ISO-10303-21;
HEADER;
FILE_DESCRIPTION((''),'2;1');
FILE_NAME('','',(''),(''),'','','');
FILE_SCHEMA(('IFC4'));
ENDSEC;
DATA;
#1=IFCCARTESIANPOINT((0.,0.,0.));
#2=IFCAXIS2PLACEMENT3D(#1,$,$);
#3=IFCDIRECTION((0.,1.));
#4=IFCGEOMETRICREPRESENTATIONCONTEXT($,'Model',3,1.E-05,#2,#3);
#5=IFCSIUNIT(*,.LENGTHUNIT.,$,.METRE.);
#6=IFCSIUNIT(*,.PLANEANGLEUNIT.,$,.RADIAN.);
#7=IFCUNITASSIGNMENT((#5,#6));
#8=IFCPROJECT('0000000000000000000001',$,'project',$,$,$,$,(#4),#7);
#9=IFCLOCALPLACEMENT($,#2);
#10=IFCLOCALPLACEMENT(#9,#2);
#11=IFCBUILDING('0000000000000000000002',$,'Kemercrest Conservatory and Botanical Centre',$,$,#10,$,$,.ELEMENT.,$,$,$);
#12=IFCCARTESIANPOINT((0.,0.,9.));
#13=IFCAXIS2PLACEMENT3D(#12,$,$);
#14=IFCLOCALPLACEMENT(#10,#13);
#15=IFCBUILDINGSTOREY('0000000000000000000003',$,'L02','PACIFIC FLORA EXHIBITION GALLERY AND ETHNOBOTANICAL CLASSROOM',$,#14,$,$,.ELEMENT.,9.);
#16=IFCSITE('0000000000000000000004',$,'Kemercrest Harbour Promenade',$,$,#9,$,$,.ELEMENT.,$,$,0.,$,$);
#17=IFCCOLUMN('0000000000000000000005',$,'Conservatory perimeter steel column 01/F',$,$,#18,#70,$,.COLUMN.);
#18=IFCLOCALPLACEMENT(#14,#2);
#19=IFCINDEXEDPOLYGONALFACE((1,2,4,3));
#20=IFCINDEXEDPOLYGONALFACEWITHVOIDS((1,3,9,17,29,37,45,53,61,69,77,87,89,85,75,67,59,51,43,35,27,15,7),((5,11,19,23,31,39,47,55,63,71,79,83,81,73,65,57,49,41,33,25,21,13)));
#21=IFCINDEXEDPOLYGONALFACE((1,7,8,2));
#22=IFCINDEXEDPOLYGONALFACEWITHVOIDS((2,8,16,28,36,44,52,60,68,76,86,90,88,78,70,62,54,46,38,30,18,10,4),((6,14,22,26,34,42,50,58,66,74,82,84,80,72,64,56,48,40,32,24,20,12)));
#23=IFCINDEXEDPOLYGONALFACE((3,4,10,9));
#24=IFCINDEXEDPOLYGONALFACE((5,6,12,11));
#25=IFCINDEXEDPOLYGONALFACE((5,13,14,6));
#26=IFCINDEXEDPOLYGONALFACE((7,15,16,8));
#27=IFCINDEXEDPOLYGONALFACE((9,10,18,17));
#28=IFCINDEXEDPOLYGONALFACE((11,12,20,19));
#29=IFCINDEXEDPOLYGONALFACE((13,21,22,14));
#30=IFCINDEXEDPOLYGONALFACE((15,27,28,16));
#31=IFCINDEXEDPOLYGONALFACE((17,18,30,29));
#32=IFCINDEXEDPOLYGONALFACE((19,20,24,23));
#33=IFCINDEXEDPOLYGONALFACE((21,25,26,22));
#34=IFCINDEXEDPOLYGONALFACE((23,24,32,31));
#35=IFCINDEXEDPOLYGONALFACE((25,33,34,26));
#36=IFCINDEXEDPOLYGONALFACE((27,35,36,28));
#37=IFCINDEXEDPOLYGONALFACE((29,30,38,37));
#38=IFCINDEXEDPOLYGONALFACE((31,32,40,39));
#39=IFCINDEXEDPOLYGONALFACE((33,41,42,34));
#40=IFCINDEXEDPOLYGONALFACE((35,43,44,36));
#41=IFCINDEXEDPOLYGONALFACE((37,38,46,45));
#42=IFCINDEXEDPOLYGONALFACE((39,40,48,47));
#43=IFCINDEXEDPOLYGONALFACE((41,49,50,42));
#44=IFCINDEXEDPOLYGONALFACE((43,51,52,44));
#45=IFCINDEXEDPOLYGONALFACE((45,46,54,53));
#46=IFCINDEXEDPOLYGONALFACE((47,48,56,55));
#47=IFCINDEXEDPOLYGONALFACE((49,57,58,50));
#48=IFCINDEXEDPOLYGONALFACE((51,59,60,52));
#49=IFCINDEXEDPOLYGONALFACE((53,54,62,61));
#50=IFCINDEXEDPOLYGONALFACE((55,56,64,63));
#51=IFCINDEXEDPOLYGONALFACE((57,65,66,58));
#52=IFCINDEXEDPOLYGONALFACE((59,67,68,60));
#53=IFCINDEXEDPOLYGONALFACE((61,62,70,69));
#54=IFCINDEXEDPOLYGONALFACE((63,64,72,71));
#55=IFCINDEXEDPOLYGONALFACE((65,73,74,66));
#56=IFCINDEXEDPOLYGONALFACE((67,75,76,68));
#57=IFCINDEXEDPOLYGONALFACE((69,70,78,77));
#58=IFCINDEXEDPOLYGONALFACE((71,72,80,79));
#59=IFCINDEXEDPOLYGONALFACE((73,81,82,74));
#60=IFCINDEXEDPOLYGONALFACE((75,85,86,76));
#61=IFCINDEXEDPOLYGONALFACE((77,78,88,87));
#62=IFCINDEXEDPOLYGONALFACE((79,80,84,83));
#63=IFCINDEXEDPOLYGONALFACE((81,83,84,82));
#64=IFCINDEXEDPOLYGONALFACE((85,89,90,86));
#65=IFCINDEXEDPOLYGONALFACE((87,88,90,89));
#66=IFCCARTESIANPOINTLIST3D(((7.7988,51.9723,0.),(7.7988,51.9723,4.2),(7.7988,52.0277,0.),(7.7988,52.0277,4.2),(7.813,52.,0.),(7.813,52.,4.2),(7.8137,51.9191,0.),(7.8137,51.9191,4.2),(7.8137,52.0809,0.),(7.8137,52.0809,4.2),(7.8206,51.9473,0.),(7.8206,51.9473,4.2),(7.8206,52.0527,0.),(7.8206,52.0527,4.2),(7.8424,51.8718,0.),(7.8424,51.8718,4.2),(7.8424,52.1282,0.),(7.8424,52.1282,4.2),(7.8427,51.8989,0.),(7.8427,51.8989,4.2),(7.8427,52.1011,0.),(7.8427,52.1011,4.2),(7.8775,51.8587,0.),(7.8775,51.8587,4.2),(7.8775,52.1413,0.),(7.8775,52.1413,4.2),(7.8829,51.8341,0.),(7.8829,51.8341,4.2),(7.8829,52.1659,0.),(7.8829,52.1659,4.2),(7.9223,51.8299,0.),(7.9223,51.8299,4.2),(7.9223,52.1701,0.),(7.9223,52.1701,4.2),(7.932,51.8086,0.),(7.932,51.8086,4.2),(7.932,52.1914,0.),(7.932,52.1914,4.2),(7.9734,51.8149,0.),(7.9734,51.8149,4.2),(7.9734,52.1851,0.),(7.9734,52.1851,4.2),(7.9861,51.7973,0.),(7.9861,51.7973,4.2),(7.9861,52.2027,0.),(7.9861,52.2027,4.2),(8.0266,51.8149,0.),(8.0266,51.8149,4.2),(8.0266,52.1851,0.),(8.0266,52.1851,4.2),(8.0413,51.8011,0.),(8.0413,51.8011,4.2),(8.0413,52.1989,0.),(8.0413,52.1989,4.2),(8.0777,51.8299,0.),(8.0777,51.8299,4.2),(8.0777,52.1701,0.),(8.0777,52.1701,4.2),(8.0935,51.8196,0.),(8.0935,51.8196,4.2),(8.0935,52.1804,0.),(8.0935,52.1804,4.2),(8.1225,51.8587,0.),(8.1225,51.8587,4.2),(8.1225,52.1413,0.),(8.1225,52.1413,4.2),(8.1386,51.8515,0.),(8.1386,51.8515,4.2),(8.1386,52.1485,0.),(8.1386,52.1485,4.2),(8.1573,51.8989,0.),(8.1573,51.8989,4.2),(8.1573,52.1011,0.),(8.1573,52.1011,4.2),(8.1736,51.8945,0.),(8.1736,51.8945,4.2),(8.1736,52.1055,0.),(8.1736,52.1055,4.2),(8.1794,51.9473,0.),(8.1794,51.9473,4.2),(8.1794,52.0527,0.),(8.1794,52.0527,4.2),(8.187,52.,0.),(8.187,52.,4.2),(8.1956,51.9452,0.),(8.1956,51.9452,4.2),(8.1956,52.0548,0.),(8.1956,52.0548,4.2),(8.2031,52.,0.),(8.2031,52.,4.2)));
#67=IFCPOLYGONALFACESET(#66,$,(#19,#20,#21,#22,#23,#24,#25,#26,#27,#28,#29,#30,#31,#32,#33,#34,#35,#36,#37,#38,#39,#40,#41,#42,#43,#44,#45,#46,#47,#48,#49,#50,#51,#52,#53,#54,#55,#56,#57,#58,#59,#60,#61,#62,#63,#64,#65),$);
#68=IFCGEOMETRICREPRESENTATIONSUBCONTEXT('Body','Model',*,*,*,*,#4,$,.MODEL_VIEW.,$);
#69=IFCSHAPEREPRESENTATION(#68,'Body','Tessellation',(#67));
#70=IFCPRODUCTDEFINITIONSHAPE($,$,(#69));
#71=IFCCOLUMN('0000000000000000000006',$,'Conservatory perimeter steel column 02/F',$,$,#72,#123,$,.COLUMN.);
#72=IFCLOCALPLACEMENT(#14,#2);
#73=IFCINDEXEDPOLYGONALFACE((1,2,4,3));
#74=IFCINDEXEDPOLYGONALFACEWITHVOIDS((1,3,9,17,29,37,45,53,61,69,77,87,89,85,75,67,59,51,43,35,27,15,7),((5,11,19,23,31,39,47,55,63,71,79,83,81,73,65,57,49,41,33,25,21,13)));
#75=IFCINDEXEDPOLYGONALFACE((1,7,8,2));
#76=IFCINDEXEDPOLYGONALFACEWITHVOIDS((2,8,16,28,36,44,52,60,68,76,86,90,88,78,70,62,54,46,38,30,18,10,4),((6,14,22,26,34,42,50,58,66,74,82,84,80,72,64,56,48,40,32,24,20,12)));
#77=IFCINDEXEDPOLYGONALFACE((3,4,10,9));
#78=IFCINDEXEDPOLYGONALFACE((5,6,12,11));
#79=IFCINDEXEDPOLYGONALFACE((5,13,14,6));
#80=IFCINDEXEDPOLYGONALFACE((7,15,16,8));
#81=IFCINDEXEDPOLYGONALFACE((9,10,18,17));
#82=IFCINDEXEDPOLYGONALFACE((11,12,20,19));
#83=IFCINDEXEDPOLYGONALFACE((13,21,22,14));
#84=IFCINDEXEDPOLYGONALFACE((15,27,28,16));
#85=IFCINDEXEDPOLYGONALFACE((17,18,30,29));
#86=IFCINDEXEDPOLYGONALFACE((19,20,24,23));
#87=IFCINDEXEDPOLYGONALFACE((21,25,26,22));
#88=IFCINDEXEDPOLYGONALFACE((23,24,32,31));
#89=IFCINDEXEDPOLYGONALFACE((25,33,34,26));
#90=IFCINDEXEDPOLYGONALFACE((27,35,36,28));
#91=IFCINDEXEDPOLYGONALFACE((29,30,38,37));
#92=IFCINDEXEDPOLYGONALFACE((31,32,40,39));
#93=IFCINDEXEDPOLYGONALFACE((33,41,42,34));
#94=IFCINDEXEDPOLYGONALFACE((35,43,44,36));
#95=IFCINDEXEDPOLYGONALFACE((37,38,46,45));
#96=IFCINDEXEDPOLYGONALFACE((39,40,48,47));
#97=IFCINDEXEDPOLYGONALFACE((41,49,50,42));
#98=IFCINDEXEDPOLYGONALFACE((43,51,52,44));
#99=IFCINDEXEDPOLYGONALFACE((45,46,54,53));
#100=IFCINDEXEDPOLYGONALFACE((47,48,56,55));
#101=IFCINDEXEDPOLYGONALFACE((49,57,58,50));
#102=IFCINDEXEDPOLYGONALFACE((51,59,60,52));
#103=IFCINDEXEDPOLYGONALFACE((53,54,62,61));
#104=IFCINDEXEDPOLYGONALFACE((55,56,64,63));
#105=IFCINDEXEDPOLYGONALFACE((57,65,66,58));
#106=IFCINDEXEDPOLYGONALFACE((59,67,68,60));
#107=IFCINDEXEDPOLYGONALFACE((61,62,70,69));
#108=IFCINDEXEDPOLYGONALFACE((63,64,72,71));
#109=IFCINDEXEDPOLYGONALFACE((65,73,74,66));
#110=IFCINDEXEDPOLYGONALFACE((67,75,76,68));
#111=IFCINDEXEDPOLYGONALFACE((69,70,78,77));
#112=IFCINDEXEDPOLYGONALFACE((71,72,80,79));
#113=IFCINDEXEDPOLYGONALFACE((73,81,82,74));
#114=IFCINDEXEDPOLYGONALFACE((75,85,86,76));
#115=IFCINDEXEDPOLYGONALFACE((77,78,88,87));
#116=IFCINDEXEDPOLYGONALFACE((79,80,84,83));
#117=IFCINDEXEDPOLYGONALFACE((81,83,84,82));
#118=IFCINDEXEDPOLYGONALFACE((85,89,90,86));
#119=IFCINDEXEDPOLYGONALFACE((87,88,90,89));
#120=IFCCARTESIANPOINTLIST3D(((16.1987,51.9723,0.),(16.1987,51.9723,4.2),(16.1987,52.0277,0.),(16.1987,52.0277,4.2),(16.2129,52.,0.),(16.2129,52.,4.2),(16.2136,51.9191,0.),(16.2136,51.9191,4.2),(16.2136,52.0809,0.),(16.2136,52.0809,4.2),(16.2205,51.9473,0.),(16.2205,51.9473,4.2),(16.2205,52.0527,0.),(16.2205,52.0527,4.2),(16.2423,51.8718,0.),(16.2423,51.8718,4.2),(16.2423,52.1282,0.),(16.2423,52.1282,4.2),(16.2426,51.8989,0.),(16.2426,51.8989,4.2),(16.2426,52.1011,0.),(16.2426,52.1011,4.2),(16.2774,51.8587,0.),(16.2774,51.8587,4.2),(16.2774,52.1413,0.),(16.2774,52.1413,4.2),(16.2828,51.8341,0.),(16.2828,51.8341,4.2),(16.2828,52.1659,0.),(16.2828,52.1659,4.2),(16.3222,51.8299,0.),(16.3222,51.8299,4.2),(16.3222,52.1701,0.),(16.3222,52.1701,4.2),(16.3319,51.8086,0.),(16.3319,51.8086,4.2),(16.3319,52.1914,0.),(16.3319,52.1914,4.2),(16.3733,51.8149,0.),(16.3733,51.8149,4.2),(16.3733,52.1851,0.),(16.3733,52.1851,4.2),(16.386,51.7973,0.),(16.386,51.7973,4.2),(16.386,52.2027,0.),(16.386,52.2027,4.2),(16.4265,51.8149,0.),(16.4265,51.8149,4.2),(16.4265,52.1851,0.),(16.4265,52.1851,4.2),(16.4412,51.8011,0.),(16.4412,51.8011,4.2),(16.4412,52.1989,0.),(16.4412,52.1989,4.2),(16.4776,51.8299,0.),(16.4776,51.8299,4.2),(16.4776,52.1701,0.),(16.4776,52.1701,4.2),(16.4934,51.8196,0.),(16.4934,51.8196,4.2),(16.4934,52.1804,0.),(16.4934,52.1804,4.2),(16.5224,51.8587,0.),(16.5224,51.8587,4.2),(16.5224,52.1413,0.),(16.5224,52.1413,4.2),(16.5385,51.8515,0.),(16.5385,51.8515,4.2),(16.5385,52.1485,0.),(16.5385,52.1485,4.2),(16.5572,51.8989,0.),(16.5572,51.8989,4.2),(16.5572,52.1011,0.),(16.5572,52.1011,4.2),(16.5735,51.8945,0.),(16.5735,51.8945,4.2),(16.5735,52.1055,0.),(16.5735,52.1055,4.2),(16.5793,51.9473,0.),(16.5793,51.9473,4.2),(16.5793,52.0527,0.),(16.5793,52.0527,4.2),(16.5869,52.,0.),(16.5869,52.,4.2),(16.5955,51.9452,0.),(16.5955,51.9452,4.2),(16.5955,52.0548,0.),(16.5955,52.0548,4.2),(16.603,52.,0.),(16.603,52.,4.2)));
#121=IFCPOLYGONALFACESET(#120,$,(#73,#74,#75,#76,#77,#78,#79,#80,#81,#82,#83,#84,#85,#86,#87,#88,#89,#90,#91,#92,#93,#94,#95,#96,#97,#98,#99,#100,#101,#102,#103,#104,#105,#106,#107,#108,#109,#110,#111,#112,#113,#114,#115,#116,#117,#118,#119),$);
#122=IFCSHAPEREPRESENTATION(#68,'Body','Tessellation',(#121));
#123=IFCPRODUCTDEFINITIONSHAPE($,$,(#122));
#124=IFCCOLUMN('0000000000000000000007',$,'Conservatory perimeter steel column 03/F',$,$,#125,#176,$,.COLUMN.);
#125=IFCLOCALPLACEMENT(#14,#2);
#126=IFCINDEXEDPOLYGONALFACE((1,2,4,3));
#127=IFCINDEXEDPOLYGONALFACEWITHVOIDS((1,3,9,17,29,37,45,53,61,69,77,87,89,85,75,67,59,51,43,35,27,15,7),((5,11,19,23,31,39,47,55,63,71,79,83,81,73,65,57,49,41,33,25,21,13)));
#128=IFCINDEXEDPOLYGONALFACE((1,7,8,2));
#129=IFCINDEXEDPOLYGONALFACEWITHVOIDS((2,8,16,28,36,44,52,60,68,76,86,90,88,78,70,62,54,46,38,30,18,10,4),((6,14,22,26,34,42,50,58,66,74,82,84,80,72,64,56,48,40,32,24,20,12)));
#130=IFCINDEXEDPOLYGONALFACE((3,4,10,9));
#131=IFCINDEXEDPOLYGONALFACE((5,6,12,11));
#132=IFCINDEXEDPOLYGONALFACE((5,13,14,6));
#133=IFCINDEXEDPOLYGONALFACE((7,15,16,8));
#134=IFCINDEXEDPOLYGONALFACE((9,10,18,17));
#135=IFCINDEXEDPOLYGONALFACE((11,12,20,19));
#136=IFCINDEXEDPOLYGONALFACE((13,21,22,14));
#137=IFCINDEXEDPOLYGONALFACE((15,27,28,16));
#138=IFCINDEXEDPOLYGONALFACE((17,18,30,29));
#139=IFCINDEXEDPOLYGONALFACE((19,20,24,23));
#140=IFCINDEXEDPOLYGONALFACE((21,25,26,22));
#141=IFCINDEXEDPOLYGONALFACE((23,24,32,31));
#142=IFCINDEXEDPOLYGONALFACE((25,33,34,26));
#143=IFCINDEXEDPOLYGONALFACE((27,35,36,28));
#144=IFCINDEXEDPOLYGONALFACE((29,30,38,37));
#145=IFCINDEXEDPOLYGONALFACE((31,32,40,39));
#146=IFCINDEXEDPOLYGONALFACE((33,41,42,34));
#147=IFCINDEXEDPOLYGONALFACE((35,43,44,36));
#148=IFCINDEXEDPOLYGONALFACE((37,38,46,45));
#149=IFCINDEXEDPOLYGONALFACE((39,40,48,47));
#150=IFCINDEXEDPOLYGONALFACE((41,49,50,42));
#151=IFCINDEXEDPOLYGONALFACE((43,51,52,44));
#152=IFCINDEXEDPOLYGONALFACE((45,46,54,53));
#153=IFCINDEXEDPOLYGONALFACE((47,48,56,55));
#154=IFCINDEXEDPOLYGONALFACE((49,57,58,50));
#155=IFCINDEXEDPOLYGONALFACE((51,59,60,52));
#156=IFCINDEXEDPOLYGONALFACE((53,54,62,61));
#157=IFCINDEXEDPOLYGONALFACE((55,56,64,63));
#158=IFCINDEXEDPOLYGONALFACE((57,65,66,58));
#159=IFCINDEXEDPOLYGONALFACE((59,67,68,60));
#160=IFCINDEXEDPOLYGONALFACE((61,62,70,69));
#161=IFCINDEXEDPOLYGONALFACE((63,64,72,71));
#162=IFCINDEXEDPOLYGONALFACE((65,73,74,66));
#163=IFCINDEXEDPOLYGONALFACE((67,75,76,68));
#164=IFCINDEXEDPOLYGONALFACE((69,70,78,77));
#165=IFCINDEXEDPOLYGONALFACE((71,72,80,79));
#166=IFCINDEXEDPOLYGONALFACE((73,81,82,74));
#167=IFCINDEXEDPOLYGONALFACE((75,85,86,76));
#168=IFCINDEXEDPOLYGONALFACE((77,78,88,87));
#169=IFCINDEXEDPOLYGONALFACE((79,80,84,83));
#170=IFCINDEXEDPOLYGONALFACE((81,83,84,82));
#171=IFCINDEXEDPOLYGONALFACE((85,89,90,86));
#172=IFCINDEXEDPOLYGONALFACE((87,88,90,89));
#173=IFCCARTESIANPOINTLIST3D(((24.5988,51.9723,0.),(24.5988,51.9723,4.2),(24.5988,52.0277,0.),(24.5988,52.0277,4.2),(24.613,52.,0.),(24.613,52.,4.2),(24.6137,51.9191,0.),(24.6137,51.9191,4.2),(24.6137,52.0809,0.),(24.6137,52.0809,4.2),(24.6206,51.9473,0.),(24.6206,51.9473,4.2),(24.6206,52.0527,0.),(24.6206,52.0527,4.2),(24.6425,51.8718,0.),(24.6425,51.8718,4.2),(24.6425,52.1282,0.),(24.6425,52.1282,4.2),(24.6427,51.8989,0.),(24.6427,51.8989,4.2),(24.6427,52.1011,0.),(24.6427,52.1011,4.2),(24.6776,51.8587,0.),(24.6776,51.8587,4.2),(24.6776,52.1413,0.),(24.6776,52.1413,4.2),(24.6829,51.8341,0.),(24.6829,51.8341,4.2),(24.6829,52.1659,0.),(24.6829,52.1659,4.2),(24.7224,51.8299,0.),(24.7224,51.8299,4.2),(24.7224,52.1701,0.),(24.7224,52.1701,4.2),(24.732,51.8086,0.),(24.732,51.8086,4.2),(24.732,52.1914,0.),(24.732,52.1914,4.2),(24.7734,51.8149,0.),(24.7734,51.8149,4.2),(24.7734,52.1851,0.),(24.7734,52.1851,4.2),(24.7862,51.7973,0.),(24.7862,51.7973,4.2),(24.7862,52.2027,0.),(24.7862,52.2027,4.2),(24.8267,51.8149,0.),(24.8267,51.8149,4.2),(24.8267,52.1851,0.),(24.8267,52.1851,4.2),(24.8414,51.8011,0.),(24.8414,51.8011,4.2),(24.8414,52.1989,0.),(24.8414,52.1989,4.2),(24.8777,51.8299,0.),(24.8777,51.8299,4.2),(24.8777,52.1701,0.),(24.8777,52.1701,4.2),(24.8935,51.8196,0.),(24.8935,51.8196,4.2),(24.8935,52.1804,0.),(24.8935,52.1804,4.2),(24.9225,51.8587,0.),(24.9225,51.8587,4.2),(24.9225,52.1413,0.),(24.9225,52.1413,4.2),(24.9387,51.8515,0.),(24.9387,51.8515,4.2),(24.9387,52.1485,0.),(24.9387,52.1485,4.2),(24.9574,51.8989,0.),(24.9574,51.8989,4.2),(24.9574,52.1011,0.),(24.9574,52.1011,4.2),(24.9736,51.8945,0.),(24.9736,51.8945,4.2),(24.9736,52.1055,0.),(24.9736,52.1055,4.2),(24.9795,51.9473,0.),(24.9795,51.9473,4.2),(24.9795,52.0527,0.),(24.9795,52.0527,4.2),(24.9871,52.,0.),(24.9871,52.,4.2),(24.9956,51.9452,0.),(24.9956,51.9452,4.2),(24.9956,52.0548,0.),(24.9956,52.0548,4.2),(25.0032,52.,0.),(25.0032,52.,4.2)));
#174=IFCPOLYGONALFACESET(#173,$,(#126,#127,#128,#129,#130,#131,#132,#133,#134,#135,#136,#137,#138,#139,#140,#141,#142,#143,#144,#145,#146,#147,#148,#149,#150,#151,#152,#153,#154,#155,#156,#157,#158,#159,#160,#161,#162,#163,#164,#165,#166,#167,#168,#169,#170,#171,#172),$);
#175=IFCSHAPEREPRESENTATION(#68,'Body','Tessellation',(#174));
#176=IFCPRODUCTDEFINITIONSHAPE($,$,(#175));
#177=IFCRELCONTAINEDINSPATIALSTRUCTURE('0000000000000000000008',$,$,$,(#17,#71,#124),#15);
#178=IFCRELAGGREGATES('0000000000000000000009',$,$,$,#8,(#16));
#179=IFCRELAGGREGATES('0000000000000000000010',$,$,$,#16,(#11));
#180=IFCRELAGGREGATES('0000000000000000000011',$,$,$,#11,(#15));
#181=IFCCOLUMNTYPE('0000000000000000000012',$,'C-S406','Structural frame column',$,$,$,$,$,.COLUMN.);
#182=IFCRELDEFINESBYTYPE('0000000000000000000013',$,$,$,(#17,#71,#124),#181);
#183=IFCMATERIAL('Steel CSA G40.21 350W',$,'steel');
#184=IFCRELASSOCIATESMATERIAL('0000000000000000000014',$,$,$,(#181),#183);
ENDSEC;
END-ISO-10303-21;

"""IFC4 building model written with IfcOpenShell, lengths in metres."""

from ifc_helpers import new_model, si_unit, direction, frame, origin, origin_2d, place, context, subcontext, project, spatial, hollow_circle, extrude, material, material_profile, profile_set, type_object, element, save


model = new_model("IFC4")

# Units and contexts
model_context = context("Model", 3, precision=1e-05, world=origin(), true_north=direction((0.0, 1.0)))
body_context = subcontext(model_context, "Body", "Model", "MODEL_VIEW")
ifc_project = project(units=[si_unit("LENGTHUNIT", "METRE"), si_unit("PLANEANGLEUNIT", "RADIAN")], contexts=[model_context])

# Site, building, storey
site_placement = place(None, origin())
site = spatial("IfcSite", under=ifc_project, at=site_placement, Name="Kemercrest Harbour Promenade", CompositionType="ELEMENT", RefElevation=0.0)
building_placement = place(site_placement, origin())
building = spatial("IfcBuilding", under=site, at=building_placement, Name="Kemercrest Conservatory and Botanical Centre", CompositionType="ELEMENT")
storey_placement = place(building_placement, frame((0.0, 0.0, 9.0)))
storey = spatial("IfcBuildingStorey", under=building, at=storey_placement, Name="L02", Description="PACIFIC FLORA EXHIBITION GALLERY AND ETHNOBOTANICAL CLASSROOM", CompositionType="ELEMENT", Elevation=9.0)

# Columns
ifc_material_1 = material(Name="Steel CSA G40.21 350W", Category="steel")
ifc_material_profile_1 = material_profile(ifc_material_1, hollow_circle(Radius=0.2031, WallThickness=0.0161, at=origin_2d()), Name="CHS 406.4x16.0")
ifc_profile_set_1 = profile_set([ifc_material_profile_1], Name="Steel CSA G40.21 350W")
column_type = type_object("IfcColumnType", Name="C-S406", Description="Structural frame column", PredefinedType="COLUMN", material=ifc_profile_set_1)
for number, where, z_axis, x_axis, name in (
    (1, (8.0, 52.0, 0.0), (0.0, 0.0, 1.0), (1.0, 0.0, 0.0), "Conservatory perimeter steel column 01/F"),
    (2, (16.3999, 52.0, 0.0), (0.0, 0.0, 1.0), (1.0, 0.0, 0.0), "Conservatory perimeter steel column 02/F"),
    (3, (24.8, 52.0, 0.0), (0.0, 0.0, 1.0), (1.0, 0.0, 0.0), "Conservatory perimeter steel column 03/F"),
):
    element("IfcColumn", number, at=place(storey_placement, frame(where, z_axis=z_axis, x_axis=x_axis)), inside=storey, type_object=column_type, Name=name, PredefinedType="COLUMN", context=body_context, shape_type="SweptSolid", body=[
        extrude(hollow_circle(Radius=0.2031, WallThickness=0.0161, at=origin_2d()), origin(), (0.0, 0.0, 1.0), 4.2),
    ])

save(model, "model.ifc")
